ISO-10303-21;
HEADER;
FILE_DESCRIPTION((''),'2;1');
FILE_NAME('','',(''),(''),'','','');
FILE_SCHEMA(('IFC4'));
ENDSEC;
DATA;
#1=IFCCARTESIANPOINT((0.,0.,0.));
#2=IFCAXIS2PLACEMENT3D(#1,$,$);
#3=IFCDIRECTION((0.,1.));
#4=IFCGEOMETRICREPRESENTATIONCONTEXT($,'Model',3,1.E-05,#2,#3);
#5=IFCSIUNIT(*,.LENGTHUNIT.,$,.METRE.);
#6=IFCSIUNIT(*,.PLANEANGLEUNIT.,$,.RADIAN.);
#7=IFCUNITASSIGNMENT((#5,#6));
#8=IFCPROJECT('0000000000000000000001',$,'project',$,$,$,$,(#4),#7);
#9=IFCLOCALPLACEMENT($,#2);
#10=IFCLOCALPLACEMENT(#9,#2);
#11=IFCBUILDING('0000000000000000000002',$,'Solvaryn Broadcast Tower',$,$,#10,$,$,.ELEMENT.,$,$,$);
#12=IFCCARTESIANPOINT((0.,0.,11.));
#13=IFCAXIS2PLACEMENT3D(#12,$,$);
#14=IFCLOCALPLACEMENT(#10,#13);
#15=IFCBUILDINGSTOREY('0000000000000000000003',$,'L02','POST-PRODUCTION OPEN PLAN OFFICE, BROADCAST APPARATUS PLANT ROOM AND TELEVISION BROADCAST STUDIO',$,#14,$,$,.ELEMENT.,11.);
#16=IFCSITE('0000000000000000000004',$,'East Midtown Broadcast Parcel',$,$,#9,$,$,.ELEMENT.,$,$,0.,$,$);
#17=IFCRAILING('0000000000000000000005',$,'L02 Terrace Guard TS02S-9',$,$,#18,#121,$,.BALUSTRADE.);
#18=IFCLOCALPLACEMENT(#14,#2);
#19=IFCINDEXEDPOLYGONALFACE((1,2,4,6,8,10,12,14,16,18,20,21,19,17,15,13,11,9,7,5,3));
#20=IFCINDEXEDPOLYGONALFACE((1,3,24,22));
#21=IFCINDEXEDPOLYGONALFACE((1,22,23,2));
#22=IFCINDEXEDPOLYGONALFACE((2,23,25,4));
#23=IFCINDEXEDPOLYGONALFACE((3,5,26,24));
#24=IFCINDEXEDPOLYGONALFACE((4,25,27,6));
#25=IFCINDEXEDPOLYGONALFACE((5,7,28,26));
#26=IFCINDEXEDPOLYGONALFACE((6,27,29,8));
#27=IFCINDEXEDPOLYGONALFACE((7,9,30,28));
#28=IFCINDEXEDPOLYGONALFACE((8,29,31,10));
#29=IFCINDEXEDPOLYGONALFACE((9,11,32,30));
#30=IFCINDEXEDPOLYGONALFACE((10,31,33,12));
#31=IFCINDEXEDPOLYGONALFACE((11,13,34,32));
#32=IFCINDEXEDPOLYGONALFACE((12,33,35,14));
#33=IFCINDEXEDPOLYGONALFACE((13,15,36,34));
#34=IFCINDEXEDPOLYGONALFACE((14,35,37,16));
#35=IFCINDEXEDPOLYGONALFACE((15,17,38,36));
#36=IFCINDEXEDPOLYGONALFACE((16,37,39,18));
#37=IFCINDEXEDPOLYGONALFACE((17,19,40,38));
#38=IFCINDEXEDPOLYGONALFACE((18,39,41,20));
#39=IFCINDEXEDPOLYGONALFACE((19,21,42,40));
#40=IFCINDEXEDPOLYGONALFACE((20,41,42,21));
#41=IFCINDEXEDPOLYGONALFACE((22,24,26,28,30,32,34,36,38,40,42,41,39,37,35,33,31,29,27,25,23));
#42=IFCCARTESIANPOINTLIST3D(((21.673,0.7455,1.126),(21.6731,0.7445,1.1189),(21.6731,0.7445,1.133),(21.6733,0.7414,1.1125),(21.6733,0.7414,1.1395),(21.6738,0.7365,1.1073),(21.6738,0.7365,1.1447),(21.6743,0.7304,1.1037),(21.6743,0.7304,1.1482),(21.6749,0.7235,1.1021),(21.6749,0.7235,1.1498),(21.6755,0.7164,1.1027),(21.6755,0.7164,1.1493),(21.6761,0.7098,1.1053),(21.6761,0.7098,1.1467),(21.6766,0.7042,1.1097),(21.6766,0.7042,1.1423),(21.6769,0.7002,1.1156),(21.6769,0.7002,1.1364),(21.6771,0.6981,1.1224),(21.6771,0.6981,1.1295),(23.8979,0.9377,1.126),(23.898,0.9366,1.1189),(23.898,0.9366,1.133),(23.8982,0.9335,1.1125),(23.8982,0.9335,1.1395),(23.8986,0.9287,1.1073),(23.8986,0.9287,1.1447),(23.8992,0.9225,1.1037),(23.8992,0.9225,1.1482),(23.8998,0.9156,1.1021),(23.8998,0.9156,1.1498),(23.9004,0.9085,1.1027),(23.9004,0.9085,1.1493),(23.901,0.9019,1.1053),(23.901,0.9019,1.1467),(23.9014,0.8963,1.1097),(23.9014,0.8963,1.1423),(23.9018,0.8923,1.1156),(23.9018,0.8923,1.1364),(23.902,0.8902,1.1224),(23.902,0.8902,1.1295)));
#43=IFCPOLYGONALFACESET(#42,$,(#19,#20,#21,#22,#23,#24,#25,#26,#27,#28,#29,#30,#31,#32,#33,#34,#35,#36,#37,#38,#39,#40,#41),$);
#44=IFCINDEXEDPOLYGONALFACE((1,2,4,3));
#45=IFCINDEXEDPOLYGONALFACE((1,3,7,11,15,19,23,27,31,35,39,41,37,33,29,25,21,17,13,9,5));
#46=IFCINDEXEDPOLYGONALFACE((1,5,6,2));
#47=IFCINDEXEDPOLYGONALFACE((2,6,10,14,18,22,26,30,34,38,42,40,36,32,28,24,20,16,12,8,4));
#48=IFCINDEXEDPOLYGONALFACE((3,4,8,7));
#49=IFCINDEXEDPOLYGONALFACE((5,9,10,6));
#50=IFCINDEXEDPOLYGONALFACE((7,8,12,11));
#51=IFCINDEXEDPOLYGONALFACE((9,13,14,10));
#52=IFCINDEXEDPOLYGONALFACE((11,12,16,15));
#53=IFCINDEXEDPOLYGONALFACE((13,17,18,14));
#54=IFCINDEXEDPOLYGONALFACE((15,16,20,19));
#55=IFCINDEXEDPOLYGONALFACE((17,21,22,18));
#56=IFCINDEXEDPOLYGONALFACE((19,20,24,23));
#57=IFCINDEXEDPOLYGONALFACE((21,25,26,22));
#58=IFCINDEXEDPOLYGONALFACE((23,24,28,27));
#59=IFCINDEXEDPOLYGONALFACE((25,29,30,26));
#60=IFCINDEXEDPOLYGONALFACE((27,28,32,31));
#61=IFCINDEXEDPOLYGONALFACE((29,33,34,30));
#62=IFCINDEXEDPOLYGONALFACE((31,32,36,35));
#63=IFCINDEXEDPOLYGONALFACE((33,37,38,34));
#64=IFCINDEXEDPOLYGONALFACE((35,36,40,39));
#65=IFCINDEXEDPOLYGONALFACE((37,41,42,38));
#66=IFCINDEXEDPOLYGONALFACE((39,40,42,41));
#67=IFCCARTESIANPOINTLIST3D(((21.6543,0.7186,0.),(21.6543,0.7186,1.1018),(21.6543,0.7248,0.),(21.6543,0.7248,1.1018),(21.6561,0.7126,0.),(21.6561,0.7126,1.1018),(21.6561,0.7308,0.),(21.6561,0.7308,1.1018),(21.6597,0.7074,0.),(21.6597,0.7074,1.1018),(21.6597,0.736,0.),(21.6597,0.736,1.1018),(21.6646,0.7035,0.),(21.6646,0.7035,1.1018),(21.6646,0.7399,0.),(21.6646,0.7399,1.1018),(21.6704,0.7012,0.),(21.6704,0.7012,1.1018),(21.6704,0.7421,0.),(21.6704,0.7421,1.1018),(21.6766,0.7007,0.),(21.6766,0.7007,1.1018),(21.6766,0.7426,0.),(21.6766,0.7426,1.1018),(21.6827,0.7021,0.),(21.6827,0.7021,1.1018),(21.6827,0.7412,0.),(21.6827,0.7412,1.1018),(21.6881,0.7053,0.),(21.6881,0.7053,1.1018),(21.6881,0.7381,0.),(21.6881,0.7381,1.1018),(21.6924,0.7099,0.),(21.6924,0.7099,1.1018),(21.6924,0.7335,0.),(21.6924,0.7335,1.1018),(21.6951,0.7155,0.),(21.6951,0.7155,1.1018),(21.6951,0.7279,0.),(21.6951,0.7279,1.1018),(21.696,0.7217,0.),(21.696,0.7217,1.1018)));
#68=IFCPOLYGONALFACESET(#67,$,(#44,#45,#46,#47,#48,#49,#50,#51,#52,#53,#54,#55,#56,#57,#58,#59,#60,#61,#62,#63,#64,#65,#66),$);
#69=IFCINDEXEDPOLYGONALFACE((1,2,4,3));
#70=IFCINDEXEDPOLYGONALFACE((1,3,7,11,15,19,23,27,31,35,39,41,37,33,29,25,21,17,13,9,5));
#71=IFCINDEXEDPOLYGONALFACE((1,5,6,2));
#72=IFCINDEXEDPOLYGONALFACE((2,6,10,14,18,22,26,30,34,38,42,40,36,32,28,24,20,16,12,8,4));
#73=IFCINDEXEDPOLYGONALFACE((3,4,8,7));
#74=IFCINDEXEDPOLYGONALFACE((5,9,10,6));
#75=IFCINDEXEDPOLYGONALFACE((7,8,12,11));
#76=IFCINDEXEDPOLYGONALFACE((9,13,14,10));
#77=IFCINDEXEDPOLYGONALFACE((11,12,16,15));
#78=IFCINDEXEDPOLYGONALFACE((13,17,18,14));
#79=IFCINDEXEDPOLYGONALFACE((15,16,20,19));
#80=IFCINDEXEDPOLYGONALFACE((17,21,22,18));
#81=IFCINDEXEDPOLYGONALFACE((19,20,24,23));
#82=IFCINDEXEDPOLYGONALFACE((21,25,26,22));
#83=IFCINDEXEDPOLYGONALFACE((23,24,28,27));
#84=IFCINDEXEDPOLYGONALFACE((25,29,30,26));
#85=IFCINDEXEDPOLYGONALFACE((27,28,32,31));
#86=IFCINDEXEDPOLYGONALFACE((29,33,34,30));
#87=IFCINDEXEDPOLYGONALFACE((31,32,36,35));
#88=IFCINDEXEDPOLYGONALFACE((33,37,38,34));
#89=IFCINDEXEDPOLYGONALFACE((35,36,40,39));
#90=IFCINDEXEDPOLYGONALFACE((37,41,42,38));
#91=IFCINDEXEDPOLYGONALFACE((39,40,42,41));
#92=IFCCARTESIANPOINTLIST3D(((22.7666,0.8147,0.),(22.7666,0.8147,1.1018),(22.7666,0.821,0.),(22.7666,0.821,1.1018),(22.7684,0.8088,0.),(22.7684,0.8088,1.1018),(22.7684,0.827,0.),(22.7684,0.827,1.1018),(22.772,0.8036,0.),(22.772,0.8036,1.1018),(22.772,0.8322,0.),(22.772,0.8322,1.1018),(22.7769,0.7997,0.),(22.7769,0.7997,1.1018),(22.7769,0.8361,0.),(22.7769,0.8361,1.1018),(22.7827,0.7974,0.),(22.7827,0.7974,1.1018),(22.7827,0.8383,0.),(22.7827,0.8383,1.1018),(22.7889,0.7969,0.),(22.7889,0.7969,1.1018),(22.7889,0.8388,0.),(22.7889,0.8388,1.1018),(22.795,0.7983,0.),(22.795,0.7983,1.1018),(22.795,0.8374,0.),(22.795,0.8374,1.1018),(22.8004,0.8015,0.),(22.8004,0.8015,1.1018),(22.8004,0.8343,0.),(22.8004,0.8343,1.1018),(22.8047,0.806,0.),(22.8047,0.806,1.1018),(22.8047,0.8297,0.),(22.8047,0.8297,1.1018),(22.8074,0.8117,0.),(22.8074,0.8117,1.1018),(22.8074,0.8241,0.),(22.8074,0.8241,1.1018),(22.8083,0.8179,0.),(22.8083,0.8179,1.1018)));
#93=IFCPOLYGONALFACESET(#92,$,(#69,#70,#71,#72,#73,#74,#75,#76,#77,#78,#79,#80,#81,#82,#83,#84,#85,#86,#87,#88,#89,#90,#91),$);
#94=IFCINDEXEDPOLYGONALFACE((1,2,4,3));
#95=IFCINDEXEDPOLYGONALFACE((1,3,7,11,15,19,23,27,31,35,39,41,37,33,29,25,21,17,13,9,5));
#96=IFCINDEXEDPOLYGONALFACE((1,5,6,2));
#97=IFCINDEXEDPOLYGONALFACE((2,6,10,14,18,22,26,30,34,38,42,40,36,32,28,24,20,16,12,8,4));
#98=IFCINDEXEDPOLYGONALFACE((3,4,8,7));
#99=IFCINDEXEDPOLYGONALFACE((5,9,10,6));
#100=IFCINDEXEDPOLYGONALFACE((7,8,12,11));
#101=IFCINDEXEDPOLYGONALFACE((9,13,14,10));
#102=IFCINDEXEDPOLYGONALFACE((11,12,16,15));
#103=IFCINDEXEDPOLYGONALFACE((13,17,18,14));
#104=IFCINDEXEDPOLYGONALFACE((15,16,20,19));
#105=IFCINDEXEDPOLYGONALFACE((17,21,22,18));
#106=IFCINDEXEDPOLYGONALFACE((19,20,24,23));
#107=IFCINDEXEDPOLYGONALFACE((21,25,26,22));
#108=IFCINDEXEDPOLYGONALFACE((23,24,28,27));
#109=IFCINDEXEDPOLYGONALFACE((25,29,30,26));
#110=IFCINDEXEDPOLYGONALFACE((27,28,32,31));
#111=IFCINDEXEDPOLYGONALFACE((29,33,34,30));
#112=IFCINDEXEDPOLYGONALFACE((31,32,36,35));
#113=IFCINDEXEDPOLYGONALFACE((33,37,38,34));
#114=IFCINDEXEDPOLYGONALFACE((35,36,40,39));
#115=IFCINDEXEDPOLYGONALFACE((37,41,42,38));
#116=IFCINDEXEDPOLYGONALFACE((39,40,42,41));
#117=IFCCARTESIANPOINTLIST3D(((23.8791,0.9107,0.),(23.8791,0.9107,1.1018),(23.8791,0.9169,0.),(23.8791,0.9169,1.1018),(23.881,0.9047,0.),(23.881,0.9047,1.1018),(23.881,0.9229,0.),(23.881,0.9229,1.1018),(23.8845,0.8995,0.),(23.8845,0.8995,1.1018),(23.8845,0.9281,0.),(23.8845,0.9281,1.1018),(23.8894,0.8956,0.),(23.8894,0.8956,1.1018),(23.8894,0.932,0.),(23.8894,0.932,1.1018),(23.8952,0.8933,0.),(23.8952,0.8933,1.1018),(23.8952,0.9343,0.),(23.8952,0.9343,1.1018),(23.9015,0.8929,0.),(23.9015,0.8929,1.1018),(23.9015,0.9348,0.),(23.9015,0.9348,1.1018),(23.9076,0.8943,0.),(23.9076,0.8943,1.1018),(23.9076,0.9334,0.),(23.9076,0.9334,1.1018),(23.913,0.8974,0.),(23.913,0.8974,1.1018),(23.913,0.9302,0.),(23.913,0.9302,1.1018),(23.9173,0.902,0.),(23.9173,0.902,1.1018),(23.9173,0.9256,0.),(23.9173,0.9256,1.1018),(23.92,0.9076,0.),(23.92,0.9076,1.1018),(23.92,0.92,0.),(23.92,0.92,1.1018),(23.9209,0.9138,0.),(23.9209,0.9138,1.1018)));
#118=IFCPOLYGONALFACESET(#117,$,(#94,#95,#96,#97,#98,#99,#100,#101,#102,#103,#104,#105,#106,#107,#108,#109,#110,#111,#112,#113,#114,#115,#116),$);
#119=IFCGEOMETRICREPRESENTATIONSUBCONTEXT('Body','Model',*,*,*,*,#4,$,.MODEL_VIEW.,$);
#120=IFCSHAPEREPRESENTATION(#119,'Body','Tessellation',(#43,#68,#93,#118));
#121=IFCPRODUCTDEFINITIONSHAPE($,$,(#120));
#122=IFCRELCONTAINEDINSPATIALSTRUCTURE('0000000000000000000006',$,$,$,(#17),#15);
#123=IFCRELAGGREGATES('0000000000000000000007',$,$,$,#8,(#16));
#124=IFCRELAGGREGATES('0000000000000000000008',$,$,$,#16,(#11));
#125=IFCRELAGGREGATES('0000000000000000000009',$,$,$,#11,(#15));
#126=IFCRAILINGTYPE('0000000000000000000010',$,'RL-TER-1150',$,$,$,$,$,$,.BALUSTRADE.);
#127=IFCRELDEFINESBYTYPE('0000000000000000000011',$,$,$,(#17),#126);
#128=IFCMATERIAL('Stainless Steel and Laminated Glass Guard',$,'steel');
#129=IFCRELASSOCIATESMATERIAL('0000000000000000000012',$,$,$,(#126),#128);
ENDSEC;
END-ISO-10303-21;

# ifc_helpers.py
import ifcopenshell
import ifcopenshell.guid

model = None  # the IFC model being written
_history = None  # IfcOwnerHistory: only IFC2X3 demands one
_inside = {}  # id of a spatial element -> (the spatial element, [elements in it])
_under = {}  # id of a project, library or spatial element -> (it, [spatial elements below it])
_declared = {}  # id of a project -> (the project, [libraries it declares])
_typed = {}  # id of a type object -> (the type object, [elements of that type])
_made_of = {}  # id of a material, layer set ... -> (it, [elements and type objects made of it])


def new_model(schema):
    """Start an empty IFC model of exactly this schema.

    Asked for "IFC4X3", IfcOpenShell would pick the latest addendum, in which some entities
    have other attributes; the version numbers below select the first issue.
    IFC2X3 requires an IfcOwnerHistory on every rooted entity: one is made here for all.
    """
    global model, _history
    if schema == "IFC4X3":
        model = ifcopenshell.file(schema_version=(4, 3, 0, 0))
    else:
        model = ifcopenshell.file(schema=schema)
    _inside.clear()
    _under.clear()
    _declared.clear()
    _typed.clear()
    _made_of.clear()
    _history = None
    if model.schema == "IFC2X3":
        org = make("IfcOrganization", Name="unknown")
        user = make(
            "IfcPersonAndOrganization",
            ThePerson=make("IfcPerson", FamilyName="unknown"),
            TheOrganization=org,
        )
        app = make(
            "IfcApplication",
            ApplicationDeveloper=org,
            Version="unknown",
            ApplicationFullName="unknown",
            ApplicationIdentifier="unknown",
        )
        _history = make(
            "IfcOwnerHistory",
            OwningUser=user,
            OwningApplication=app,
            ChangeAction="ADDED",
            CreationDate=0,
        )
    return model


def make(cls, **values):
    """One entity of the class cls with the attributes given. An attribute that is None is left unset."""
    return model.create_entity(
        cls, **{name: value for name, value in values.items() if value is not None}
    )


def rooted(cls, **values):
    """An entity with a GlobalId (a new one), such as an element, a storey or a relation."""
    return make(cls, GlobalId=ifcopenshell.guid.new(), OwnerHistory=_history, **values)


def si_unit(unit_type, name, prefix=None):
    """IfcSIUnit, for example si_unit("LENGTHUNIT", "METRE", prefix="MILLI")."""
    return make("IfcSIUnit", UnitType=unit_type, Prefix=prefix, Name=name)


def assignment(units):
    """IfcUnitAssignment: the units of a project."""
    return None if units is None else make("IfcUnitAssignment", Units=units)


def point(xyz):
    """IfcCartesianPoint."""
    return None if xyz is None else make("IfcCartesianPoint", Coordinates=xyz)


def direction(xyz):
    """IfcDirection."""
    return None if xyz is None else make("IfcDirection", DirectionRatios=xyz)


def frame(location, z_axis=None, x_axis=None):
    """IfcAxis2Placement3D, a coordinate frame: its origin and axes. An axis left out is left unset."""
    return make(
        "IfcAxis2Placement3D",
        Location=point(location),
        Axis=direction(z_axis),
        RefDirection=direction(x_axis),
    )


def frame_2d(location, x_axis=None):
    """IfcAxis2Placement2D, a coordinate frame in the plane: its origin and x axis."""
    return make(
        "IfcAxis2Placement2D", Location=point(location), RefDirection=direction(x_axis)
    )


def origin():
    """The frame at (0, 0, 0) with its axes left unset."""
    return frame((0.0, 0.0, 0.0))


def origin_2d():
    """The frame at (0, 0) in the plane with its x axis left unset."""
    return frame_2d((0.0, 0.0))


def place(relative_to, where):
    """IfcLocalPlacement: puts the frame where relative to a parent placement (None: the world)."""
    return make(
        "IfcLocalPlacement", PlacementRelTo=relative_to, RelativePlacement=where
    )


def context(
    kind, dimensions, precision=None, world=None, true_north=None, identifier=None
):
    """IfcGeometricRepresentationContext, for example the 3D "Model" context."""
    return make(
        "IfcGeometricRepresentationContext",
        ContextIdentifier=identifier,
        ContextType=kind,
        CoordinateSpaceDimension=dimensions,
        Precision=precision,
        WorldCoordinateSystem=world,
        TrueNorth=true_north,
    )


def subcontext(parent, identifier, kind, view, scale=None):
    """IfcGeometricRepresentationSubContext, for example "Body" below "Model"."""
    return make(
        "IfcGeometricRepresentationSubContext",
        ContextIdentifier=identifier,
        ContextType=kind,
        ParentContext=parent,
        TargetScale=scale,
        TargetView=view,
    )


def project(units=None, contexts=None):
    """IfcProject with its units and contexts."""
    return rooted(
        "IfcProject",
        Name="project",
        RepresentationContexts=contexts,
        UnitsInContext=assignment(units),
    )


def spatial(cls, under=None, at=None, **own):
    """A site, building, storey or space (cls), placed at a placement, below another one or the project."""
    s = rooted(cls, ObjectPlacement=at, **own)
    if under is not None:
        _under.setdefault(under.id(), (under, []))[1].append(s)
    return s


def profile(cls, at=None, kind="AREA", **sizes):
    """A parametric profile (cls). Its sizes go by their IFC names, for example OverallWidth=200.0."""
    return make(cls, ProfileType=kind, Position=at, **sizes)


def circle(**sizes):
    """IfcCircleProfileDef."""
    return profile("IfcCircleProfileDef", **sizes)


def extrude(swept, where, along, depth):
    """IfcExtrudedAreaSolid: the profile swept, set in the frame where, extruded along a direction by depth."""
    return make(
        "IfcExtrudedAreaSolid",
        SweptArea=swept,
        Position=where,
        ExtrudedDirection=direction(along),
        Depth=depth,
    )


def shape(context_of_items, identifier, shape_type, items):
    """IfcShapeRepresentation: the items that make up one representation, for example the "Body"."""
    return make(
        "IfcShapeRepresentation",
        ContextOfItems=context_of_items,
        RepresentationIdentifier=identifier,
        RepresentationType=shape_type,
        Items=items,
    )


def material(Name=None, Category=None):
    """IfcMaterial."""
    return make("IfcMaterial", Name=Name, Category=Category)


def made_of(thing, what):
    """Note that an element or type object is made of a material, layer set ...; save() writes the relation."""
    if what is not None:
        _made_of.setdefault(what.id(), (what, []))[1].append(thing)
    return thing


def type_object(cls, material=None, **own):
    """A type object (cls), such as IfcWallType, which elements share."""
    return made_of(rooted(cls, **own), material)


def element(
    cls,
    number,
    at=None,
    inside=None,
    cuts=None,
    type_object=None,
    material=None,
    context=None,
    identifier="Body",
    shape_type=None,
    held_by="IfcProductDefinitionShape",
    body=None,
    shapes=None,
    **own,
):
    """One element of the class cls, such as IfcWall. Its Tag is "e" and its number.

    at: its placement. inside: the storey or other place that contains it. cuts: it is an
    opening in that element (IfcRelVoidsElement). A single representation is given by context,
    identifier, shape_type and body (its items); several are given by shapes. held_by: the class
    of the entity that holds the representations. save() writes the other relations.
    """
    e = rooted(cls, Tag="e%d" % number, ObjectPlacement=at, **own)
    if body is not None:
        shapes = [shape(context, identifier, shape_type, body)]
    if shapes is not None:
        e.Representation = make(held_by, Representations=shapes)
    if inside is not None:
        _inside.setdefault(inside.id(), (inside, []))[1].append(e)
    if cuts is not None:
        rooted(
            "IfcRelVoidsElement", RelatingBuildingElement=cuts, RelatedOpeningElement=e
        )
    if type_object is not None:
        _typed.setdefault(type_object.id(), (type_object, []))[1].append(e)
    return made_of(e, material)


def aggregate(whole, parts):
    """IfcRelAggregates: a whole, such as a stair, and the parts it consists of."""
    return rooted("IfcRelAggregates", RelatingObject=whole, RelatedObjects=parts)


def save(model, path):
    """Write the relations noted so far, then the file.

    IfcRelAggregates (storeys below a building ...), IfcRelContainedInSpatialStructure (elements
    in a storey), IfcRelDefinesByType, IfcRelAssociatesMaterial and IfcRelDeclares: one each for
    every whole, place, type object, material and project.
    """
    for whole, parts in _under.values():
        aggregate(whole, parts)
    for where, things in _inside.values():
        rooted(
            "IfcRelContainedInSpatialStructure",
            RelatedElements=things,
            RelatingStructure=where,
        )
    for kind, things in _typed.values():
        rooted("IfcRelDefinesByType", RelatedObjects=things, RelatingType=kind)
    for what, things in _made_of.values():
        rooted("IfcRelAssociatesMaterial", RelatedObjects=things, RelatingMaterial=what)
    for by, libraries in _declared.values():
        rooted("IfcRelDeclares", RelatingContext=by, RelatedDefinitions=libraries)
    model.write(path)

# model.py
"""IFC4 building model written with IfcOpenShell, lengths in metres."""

from ifc_helpers import new_model, si_unit, direction, frame, origin, origin_2d, place, context, subcontext, project, spatial, circle, extrude, material, type_object, element, save


model = new_model("IFC4")

# Units and contexts
model_context = context("Model", 3, precision=1e-05, world=origin(), true_north=direction((0.0, 1.0)))
body_context = subcontext(model_context, "Body", "Model", "MODEL_VIEW")
ifc_project = project(units=[si_unit("LENGTHUNIT", "METRE"), si_unit("PLANEANGLEUNIT", "RADIAN")], contexts=[model_context])

# Site, building, storey
site_placement = place(None, origin())
site = spatial("IfcSite", under=ifc_project, at=site_placement, Name="East Midtown Broadcast Parcel", CompositionType="ELEMENT", RefElevation=0.0)
building_placement = place(site_placement, origin())
building = spatial("IfcBuilding", under=site, at=building_placement, Name="Solvaryn Broadcast Tower", CompositionType="ELEMENT")
storey_placement = place(building_placement, frame((0.0, 0.0, 11.0)))
storey = spatial("IfcBuildingStorey", under=building, at=storey_placement, Name="L02", Description="POST-PRODUCTION OPEN PLAN OFFICE, BROADCAST APPARATUS PLANT ROOM AND TELEVISION BROADCAST STUDIO", CompositionType="ELEMENT", Elevation=11.0)

# Railing
ifc_material_1 = material(Name="Stainless Steel and Laminated Glass Guard", Category="steel")
railing_type = type_object("IfcRailingType", Name="RL-TER-1150", PredefinedType="BALUSTRADE", material=ifc_material_1)
railing_1_placement = place(storey_placement, frame((21.675, 0.7217, 0.0)))
element("IfcRailing", 1, at=railing_1_placement, inside=storey, type_object=railing_type, Name="L02 Terrace Guard TS02S-9", PredefinedType="BALUSTRADE", context=body_context, shape_type="SweptSolid", body=[
    extrude(circle(Radius=0.0239, at=origin_2d()), frame((0.0, 0.0, 1.126), z_axis=(0.996292, 0.08604, 0.0), x_axis=(-0.08604, 0.996292, 0.0)), (0.0, 0.0, 1.0), 2.2332),
    extrude(circle(Radius=0.021, at=origin_2d()), origin(), (0.0, 0.0, 1.0), 1.1018),
    extrude(circle(Radius=0.021, at=origin_2d()), frame((1.1123, 0.0962, 0.0)), (0.0, 0.0, 1.0), 1.1018),
    extrude(circle(Radius=0.021, at=origin_2d()), frame((2.2249, 0.1921, 0.0)), (0.0, 0.0, 1.0), 1.1018),
])

save(model, "model.ifc")
